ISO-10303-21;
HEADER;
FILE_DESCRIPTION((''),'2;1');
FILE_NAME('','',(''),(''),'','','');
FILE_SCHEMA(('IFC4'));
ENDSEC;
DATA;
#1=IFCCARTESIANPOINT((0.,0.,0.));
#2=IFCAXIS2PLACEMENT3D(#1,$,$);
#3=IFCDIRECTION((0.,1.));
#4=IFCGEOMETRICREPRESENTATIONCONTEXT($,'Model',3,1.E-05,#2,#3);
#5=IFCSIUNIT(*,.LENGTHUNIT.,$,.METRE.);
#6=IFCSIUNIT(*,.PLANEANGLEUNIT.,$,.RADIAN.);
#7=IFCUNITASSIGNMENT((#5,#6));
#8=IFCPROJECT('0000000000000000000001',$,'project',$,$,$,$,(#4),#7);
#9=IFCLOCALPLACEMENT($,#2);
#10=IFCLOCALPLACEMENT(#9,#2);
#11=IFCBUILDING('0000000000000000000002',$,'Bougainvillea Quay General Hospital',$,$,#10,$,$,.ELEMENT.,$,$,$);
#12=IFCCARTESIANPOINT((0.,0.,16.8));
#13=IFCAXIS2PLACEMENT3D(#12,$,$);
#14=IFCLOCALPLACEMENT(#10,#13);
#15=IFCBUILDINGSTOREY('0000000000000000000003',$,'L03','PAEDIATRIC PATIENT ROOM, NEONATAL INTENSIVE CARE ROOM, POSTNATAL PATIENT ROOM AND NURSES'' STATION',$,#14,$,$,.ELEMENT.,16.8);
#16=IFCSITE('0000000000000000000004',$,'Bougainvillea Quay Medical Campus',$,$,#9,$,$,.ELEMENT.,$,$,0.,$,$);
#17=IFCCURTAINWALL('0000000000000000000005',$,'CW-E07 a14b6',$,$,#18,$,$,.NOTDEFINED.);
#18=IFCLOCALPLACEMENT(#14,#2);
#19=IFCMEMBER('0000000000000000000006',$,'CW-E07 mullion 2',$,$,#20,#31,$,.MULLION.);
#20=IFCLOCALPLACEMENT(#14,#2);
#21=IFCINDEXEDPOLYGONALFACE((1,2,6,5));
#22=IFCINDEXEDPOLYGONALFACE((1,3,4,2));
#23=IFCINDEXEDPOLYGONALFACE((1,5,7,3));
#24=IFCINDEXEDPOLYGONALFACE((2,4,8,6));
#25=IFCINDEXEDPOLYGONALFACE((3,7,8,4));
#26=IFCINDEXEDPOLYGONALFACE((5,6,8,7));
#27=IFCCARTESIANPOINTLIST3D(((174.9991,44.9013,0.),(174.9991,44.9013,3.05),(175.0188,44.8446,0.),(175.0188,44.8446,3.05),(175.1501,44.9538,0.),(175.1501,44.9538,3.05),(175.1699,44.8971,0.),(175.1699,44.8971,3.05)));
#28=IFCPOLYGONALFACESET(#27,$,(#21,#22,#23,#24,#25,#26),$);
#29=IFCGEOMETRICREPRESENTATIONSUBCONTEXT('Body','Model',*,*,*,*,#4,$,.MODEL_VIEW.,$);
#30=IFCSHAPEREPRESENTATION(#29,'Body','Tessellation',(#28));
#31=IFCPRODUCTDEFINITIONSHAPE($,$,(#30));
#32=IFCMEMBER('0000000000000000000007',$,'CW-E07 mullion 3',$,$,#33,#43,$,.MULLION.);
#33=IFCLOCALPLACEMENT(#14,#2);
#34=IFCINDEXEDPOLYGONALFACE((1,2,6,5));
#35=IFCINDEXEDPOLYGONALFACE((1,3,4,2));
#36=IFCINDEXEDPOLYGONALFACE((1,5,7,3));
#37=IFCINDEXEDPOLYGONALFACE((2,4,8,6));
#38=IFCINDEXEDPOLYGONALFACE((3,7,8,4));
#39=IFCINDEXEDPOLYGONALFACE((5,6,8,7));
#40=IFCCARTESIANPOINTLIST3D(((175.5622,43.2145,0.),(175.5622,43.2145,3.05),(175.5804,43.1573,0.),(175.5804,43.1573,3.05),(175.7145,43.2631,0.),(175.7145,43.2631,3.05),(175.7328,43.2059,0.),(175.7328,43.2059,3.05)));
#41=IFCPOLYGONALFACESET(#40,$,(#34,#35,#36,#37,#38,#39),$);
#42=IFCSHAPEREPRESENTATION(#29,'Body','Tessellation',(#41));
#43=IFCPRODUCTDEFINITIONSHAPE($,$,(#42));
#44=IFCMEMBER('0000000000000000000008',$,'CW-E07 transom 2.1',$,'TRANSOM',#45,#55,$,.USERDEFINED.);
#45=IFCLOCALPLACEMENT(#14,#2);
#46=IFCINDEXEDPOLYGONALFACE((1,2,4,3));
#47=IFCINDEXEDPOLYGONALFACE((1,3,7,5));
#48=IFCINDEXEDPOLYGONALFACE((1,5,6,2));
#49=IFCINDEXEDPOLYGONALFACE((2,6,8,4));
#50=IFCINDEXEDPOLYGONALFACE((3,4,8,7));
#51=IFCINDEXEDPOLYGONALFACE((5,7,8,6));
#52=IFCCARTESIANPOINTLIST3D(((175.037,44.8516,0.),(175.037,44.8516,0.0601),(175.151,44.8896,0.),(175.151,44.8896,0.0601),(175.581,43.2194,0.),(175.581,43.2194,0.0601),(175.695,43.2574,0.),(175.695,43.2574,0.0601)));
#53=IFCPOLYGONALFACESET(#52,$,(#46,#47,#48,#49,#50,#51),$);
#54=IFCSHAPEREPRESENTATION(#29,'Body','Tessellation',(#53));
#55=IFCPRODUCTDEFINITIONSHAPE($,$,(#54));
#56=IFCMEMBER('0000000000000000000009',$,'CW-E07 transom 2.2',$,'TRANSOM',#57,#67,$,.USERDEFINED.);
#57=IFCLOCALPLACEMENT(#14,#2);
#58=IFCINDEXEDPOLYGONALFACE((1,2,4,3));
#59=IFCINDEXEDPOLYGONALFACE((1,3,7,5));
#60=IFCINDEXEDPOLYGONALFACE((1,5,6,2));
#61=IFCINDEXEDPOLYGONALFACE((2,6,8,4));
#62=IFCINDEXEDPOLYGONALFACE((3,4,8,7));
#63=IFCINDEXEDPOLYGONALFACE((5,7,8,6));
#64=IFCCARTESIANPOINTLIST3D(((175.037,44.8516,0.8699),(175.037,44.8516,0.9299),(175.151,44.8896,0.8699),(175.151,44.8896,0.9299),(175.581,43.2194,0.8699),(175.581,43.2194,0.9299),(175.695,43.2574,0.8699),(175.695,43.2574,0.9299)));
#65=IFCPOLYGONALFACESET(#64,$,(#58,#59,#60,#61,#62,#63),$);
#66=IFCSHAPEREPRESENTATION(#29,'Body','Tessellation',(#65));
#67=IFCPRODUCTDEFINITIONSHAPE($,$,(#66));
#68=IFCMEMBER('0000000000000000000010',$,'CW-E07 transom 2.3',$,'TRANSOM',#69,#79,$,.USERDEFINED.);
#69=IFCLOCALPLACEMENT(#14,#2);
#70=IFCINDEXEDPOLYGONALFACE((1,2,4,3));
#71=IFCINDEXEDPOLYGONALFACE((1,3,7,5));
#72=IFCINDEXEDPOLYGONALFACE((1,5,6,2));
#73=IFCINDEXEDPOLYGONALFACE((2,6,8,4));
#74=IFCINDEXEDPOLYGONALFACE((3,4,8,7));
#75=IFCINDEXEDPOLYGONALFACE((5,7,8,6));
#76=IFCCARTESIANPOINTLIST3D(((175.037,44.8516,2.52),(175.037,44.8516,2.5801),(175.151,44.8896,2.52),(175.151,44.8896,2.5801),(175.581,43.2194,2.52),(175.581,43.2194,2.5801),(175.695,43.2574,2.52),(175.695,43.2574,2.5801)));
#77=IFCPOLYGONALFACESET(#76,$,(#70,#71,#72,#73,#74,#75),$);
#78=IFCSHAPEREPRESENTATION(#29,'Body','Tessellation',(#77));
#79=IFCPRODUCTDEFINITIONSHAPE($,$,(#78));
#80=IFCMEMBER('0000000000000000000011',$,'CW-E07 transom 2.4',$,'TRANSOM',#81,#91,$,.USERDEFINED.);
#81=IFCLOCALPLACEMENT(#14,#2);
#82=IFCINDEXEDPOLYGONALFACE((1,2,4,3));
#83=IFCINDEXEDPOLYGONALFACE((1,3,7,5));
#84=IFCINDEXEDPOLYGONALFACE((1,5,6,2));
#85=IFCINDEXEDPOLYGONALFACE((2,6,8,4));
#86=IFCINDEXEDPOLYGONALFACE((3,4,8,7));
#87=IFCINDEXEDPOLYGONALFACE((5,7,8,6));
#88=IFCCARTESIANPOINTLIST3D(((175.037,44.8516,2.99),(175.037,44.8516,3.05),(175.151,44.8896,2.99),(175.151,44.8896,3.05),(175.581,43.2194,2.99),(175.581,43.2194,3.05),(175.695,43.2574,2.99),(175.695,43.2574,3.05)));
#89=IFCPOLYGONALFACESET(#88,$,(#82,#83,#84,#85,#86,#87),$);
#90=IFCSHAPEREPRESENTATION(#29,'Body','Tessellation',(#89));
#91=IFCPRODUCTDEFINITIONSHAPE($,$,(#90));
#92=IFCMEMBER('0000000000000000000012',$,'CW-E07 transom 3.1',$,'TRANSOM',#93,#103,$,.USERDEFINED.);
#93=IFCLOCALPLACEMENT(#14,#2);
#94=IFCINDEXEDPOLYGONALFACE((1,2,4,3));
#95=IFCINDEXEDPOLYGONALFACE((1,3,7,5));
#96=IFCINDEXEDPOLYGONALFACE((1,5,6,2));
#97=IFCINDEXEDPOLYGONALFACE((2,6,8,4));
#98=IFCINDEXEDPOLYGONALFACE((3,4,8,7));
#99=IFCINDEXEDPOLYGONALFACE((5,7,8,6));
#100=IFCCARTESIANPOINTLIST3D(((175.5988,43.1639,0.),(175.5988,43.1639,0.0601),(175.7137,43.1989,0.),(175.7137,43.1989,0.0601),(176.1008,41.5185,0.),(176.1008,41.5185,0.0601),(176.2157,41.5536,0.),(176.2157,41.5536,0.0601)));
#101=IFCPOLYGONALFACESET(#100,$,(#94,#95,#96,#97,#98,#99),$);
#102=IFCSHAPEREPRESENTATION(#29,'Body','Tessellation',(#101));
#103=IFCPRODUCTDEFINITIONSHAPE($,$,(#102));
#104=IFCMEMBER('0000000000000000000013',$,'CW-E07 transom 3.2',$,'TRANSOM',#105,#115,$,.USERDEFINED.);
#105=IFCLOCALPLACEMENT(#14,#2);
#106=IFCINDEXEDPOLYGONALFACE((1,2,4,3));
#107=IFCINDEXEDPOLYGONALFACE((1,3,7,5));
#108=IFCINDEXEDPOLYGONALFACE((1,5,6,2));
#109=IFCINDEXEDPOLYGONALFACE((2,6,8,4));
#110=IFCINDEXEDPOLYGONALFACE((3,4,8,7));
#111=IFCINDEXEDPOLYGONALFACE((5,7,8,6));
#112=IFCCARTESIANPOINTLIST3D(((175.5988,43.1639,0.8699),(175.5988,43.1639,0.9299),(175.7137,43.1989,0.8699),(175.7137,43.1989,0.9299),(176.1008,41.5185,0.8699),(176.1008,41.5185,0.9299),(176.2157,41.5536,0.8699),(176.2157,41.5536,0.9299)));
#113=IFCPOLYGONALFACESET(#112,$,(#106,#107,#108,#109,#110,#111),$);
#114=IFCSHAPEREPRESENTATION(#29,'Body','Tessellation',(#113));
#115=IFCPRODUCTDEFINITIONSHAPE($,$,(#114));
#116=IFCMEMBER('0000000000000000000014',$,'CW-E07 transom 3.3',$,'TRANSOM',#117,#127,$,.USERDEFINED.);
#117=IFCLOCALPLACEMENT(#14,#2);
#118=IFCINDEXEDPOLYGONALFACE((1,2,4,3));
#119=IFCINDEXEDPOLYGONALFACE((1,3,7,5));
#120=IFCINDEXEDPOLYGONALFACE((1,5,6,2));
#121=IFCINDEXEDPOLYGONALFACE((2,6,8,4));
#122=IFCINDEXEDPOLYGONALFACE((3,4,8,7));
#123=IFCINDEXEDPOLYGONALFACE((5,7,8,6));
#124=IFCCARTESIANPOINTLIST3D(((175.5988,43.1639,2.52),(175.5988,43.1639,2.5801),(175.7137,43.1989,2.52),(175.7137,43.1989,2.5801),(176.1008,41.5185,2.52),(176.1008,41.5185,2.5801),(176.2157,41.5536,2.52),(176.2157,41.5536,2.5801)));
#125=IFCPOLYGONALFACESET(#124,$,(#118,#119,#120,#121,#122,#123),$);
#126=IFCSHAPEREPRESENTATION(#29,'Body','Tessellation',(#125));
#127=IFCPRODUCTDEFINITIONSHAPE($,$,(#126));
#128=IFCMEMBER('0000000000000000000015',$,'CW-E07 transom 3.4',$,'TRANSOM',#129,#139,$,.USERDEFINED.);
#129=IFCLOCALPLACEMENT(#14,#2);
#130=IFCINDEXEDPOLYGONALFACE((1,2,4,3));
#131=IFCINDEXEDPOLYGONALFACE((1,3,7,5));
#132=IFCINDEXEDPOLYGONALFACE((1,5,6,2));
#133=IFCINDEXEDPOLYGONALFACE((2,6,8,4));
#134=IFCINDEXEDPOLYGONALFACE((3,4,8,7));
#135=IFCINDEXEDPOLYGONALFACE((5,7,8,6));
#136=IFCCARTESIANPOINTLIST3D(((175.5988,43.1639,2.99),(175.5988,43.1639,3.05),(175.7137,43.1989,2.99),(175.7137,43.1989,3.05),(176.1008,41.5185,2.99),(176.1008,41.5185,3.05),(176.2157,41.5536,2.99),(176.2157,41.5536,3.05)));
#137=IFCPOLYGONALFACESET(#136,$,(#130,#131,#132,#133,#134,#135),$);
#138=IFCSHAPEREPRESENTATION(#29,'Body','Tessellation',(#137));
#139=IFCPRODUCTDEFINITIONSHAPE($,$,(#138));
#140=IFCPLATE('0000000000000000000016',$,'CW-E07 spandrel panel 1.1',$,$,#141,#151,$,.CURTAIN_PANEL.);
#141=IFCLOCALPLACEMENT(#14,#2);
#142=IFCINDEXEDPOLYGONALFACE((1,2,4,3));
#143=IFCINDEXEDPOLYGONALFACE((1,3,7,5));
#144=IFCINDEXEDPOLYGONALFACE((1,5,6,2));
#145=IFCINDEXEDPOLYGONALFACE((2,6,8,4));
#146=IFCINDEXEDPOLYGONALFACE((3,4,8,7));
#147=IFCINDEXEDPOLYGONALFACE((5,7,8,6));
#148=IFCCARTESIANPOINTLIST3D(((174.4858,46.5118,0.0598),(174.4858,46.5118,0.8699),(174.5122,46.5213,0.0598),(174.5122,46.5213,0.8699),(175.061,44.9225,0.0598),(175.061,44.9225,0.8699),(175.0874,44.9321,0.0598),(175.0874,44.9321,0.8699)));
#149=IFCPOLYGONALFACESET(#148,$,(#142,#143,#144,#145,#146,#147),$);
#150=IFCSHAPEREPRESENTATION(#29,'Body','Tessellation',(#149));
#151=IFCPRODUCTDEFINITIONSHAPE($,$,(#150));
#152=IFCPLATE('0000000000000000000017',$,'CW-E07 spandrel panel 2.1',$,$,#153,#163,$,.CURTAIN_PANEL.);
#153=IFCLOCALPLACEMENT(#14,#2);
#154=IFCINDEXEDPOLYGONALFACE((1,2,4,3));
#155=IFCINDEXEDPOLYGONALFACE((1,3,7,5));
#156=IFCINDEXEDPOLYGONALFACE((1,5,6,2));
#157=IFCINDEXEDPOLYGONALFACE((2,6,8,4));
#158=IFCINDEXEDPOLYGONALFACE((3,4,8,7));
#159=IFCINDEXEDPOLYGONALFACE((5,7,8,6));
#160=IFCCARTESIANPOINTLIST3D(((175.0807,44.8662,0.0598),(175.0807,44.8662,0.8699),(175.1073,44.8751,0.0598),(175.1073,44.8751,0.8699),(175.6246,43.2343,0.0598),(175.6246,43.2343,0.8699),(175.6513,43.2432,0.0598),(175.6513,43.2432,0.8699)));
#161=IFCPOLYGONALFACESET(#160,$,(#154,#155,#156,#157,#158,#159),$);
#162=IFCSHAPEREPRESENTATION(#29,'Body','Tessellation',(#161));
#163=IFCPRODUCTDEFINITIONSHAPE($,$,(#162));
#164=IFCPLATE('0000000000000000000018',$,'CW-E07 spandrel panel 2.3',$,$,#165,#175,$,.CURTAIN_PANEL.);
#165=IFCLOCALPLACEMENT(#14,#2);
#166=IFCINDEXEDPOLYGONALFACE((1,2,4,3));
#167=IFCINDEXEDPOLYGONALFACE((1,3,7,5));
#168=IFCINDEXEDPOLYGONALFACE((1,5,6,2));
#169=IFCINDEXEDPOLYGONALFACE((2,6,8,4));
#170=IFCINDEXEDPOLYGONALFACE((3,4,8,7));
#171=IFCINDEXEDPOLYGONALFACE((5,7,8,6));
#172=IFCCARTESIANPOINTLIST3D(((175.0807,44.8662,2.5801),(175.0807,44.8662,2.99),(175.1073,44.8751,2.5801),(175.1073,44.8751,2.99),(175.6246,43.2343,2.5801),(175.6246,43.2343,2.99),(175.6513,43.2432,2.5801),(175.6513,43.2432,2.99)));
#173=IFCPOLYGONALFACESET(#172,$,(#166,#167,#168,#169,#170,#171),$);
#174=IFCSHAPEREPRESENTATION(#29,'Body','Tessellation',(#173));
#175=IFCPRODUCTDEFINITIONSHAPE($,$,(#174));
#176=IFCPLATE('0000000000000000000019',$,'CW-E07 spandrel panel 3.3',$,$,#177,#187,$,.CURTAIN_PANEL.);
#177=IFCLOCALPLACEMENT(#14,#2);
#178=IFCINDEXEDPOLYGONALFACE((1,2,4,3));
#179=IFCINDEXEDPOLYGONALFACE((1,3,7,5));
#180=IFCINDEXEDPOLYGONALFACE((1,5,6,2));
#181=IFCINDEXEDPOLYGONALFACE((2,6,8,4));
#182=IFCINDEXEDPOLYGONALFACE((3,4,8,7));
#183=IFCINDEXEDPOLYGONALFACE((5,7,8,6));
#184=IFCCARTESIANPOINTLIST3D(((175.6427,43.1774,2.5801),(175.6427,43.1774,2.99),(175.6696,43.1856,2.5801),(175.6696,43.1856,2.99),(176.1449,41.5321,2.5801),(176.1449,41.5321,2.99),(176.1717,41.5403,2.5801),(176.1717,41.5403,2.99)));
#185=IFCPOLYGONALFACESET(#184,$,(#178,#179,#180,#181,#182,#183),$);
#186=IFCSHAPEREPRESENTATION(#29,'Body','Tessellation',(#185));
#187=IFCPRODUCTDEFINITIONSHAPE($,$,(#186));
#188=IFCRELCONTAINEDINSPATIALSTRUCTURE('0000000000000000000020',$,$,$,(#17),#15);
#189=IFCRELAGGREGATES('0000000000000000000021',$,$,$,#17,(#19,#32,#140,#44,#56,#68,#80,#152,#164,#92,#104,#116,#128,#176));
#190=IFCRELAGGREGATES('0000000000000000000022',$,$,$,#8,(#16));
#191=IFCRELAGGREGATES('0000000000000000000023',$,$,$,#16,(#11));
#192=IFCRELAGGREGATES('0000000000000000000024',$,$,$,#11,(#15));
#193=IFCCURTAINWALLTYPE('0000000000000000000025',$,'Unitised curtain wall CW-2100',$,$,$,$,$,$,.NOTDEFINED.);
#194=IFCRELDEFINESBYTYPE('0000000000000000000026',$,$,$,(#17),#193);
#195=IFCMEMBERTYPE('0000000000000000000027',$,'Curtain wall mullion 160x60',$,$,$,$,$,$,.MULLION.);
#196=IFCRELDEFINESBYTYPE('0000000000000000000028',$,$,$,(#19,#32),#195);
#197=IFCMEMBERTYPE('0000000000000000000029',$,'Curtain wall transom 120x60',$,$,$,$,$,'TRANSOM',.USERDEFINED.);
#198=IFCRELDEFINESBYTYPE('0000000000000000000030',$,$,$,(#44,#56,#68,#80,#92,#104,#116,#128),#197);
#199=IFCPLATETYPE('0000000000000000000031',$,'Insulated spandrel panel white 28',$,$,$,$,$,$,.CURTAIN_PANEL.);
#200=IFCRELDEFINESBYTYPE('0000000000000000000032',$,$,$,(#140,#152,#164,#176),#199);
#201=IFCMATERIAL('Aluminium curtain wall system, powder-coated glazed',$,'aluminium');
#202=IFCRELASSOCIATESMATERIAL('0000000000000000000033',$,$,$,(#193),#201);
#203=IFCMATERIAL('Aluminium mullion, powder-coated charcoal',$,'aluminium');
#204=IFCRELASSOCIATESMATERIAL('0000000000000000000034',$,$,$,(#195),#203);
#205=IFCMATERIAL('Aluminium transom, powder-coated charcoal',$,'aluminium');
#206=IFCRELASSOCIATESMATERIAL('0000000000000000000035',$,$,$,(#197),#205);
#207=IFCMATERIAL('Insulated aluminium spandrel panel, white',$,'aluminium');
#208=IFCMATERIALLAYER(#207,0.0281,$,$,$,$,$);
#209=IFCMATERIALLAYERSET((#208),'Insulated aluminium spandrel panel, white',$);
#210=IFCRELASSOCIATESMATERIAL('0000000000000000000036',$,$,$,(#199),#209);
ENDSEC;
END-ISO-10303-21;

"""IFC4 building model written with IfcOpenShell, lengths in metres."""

from ifc_helpers import new_model, si_unit, direction, frame, origin, origin_2d, place, context, subcontext, project, spatial, rectangle, extrude, material, layer, layer_set, material_profile, profile_set, type_object, element, aggregate, save


model = new_model("IFC4")

# Units and contexts
model_context = context("Model", 3, precision=1e-05, world=origin(), true_north=direction((0.0, 1.0)))
body_context = subcontext(model_context, "Body", "Model", "MODEL_VIEW")
ifc_project = project(units=[si_unit("LENGTHUNIT", "METRE"), si_unit("PLANEANGLEUNIT", "RADIAN")], contexts=[model_context])

# Site, building, storey
site_placement = place(None, origin())
site = spatial("IfcSite", under=ifc_project, at=site_placement, Name="Bougainvillea Quay Medical Campus", CompositionType="ELEMENT", RefElevation=0.0)
building_placement = place(site_placement, origin())
building = spatial("IfcBuilding", under=site, at=building_placement, Name="Bougainvillea Quay General Hospital", CompositionType="ELEMENT")
storey_placement = place(building_placement, frame((0.0, 0.0, 16.8)))
storey = spatial("IfcBuildingStorey", under=building, at=storey_placement, Name="L03", Description="PAEDIATRIC PATIENT ROOM, NEONATAL INTENSIVE CARE ROOM, POSTNATAL PATIENT ROOM AND NURSES' STATION", CompositionType="ELEMENT", Elevation=16.8)

# Curtain wall, members, plates
ifc_material_1 = material(Name="Aluminium curtain wall system, powder-coated glazed", Category="aluminium")
curtain_wall_type = type_object("IfcCurtainWallType", Name="Unitised curtain wall CW-2100", PredefinedType="NOTDEFINED", material=ifc_material_1)
curtain_wall_placement = place(storey_placement, origin())
curtain_wall = element("IfcCurtainWall", 1, at=curtain_wall_placement, inside=storey, type_object=curtain_wall_type, Name="CW-E07 a14b6", PredefinedType="NOTDEFINED")
ifc_material_2 = material(Name="Aluminium mullion, powder-coated charcoal", Category="aluminium")
ifc_material_profile_1 = material_profile(ifc_material_2, rectangle(XDim=0.1599, YDim=0.0601, at=origin_2d()))
ifc_profile_set_1 = profile_set([ifc_material_profile_1], Name="Aluminium mullion, powder-coated charcoal")
member_type_1 = type_object("IfcMemberType", Name="Curtain wall mullion 160x60", PredefinedType="MULLION", material=ifc_profile_set_1)
member_1_placement = place(storey_placement, frame((175.0845, 44.8992, 0.0), z_axis=(0.0, 0.0, 1.0), x_axis=(0.944574, 0.3283, 0.0)))
member_1 = element("IfcMember", 2, at=member_1_placement, type_object=member_type_1, Name="CW-E07 mullion 2", PredefinedType="MULLION", context=body_context, shape_type="SweptSolid", body=[
    extrude(rectangle(XDim=0.1599, YDim=0.0601, at=origin_2d()), origin(), (0.0, 0.0, 1.0), 3.05),
])
member_2_placement = place(storey_placement, frame((175.6475, 43.2102, 0.0), z_axis=(0.0, 0.0, 1.0), x_axis=(0.952644, 0.304086, 0.0)))
member_2 = element("IfcMember", 3, at=member_2_placement, type_object=member_type_1, Name="CW-E07 mullion 3", PredefinedType="MULLION", context=body_context, shape_type="SweptSolid", body=[
    extrude(rectangle(XDim=0.1599, YDim=0.0601, at=origin_2d()), origin(), (0.0, 0.0, 1.0), 3.05),
])
ifc_material_3 = material(Name="Aluminium transom, powder-coated charcoal", Category="aluminium")
ifc_material_profile_2 = material_profile(ifc_material_3, rectangle(XDim=0.1201, YDim=0.0601, at=origin_2d()))
ifc_profile_set_2 = profile_set([ifc_material_profile_2], Name="Aluminium transom, powder-coated charcoal")
member_type_2 = type_object("IfcMemberType", Name="Curtain wall transom 120x60", ElementType="TRANSOM", PredefinedType="USERDEFINED", material=ifc_profile_set_2)
member_3_placement = place(storey_placement, frame((175.094, 44.8706, 0.03), z_axis=(0.316185, -0.948697, 0.0), x_axis=(0.948697, 0.316185, 0.0)))
member_3 = element("IfcMember", 4, at=member_3_placement, type_object=member_type_2, Name="CW-E07 transom 2.1", ObjectType="TRANSOM", PredefinedType="USERDEFINED", context=body_context, shape_type="SweptSolid", body=[
    extrude(rectangle(XDim=0.1201, YDim=0.0601, at=origin_2d()), origin(), (0.0, 0.0, 1.0), 1.7205),
])
member_4_placement = place(storey_placement, frame((175.094, 44.8706, 0.8999), z_axis=(0.316185, -0.948697, 0.0), x_axis=(0.948697, 0.316185, 0.0)))
member_4 = element("IfcMember", 5, at=member_4_placement, type_object=member_type_2, Name="CW-E07 transom 2.2", ObjectType="TRANSOM", PredefinedType="USERDEFINED", context=body_context, shape_type="SweptSolid", body=[
    extrude(rectangle(XDim=0.1201, YDim=0.0601, at=origin_2d()), origin(), (0.0, 0.0, 1.0), 1.7205),
])
member_5_placement = place(storey_placement, frame((175.094, 44.8706, 2.55), z_axis=(0.316185, -0.948697, 0.0), x_axis=(0.948697, 0.316185, 0.0)))
member_5 = element("IfcMember", 6, at=member_5_placement, type_object=member_type_2, Name="CW-E07 transom 2.3", ObjectType="TRANSOM", PredefinedType="USERDEFINED", context=body_context, shape_type="SweptSolid", body=[
    extrude(rectangle(XDim=0.1201, YDim=0.0601, at=origin_2d()), origin(), (0.0, 0.0, 1.0), 1.7205),
])
member_6_placement = place(storey_placement, frame((175.094, 44.8706, 3.02), z_axis=(0.316185, -0.948697, 0.0), x_axis=(0.948697, 0.316185, 0.0)))
member_6 = element("IfcMember", 7, at=member_6_placement, type_object=member_type_2, Name="CW-E07 transom 2.4", ObjectType="TRANSOM", PredefinedType="USERDEFINED", context=body_context, shape_type="SweptSolid", body=[
    extrude(rectangle(XDim=0.1201, YDim=0.0601, at=origin_2d()), origin(), (0.0, 0.0, 1.0), 1.7205),
])
member_7_placement = place(storey_placement, frame((175.6562, 43.1814, 0.03), z_axis=(0.291811, -0.956476, 0.0), x_axis=(0.956476, 0.291811, 0.0)))
member_7 = element("IfcMember", 8, at=member_7_placement, type_object=member_type_2, Name="CW-E07 transom 3.1", ObjectType="TRANSOM", PredefinedType="USERDEFINED", context=body_context, shape_type="SweptSolid", body=[
    extrude(rectangle(XDim=0.1201, YDim=0.0601, at=origin_2d()), origin(), (0.0, 0.0, 1.0), 1.7202),
])
member_8_placement = place(storey_placement, frame((175.6562, 43.1814, 0.8999), z_axis=(0.291811, -0.956476, 0.0), x_axis=(0.956476, 0.291811, 0.0)))
member_8 = element("IfcMember", 9, at=member_8_placement, type_object=member_type_2, Name="CW-E07 transom 3.2", ObjectType="TRANSOM", PredefinedType="USERDEFINED", context=body_context, shape_type="SweptSolid", body=[
    extrude(rectangle(XDim=0.1201, YDim=0.0601, at=origin_2d()), origin(), (0.0, 0.0, 1.0), 1.7202),
])
member_9_placement = place(storey_placement, frame((175.6562, 43.1814, 2.55), z_axis=(0.291811, -0.956476, 0.0), x_axis=(0.956476, 0.291811, 0.0)))
member_9 = element("IfcMember", 10, at=member_9_placement, type_object=member_type_2, Name="CW-E07 transom 3.3", ObjectType="TRANSOM", PredefinedType="USERDEFINED", context=body_context, shape_type="SweptSolid", body=[
    extrude(rectangle(XDim=0.1201, YDim=0.0601, at=origin_2d()), origin(), (0.0, 0.0, 1.0), 1.7202),
])
member_10_placement = place(storey_placement, frame((175.6562, 43.1814, 3.02), z_axis=(0.291811, -0.956476, 0.0), x_axis=(0.956476, 0.291811, 0.0)))
member_10 = element("IfcMember", 11, at=member_10_placement, type_object=member_type_2, Name="CW-E07 transom 3.4", ObjectType="TRANSOM", PredefinedType="USERDEFINED", context=body_context, shape_type="SweptSolid", body=[
    extrude(rectangle(XDim=0.1201, YDim=0.0601, at=origin_2d()), origin(), (0.0, 0.0, 1.0), 1.7202),
])
ifc_material_4 = material(Name="Insulated aluminium spandrel panel, white", Category="aluminium")
ifc_layer_1 = layer(ifc_material_4, 0.0281)
ifc_layer_set_1 = layer_set([ifc_layer_1], Name="Insulated aluminium spandrel panel, white")
plate_type_1 = type_object("IfcPlateType", Name="Insulated spandrel panel white 28", PredefinedType="CURTAIN_PANEL", material=ifc_layer_set_1)
plate_1_placement = place(storey_placement, frame((174.7866, 45.7219, 0.0598), z_axis=(0.0, 0.0, 1.0), x_axis=(0.340327, -0.940307, 0.0)))
plate_1 = element("IfcPlate", 12, at=plate_1_placement, type_object=plate_type_1, Name="CW-E07 spandrel panel 1.1", PredefinedType="CURTAIN_PANEL", context=body_context, shape_type="SweptSolid", body=[
    extrude(rectangle(XDim=1.6902, YDim=0.0281, at=origin_2d()), origin(), (0.0, 0.0, 1.0), 0.8101),
])
plate_2_placement = place(storey_placement, frame((175.366, 44.0547, 0.0598), z_axis=(0.0, 0.0, 1.0), x_axis=(0.316219, -0.948686, 0.0)))
plate_2 = element("IfcPlate", 13, at=plate_2_placement, type_object=plate_type_1, Name="CW-E07 spandrel panel 2.1", PredefinedType="CURTAIN_PANEL", context=body_context, shape_type="SweptSolid", body=[
    extrude(rectangle(XDim=1.7202, YDim=0.0281, at=origin_2d()), origin(), (0.0, 0.0, 1.0), 0.8101),
])
plate_3_placement = place(storey_placement, frame((175.366, 44.0547, 2.5801), z_axis=(0.0, 0.0, 1.0), x_axis=(0.316219, -0.948686, 0.0)))
plate_3 = element("IfcPlate", 14, at=plate_3_placement, type_object=plate_type_1, Name="CW-E07 spandrel panel 2.3", PredefinedType="CURTAIN_PANEL", context=body_context, shape_type="SweptSolid", body=[
    extrude(rectangle(XDim=1.7202, YDim=0.0281, at=origin_2d()), origin(), (0.0, 0.0, 1.0), 0.4099),
])
plate_4_placement = place(storey_placement, frame((175.9072, 42.3589, 2.5801), z_axis=(0.0, 0.0, 1.0), x_axis=(0.291904, -0.956448, 0.0)))
plate_4 = element("IfcPlate", 15, at=plate_4_placement, type_object=plate_type_1, Name="CW-E07 spandrel panel 3.3", PredefinedType="CURTAIN_PANEL", context=body_context, shape_type="SweptSolid", body=[
    extrude(rectangle(XDim=1.7202, YDim=0.0281, at=origin_2d()), origin(), (0.0, 0.0, 1.0), 0.4099),
])
aggregate(curtain_wall, [member_1, member_2, plate_1, member_3, member_4, member_5, member_6, plate_2, plate_3, member_7, member_8, member_9, member_10, plate_4])

save(model, "model.ifc")
